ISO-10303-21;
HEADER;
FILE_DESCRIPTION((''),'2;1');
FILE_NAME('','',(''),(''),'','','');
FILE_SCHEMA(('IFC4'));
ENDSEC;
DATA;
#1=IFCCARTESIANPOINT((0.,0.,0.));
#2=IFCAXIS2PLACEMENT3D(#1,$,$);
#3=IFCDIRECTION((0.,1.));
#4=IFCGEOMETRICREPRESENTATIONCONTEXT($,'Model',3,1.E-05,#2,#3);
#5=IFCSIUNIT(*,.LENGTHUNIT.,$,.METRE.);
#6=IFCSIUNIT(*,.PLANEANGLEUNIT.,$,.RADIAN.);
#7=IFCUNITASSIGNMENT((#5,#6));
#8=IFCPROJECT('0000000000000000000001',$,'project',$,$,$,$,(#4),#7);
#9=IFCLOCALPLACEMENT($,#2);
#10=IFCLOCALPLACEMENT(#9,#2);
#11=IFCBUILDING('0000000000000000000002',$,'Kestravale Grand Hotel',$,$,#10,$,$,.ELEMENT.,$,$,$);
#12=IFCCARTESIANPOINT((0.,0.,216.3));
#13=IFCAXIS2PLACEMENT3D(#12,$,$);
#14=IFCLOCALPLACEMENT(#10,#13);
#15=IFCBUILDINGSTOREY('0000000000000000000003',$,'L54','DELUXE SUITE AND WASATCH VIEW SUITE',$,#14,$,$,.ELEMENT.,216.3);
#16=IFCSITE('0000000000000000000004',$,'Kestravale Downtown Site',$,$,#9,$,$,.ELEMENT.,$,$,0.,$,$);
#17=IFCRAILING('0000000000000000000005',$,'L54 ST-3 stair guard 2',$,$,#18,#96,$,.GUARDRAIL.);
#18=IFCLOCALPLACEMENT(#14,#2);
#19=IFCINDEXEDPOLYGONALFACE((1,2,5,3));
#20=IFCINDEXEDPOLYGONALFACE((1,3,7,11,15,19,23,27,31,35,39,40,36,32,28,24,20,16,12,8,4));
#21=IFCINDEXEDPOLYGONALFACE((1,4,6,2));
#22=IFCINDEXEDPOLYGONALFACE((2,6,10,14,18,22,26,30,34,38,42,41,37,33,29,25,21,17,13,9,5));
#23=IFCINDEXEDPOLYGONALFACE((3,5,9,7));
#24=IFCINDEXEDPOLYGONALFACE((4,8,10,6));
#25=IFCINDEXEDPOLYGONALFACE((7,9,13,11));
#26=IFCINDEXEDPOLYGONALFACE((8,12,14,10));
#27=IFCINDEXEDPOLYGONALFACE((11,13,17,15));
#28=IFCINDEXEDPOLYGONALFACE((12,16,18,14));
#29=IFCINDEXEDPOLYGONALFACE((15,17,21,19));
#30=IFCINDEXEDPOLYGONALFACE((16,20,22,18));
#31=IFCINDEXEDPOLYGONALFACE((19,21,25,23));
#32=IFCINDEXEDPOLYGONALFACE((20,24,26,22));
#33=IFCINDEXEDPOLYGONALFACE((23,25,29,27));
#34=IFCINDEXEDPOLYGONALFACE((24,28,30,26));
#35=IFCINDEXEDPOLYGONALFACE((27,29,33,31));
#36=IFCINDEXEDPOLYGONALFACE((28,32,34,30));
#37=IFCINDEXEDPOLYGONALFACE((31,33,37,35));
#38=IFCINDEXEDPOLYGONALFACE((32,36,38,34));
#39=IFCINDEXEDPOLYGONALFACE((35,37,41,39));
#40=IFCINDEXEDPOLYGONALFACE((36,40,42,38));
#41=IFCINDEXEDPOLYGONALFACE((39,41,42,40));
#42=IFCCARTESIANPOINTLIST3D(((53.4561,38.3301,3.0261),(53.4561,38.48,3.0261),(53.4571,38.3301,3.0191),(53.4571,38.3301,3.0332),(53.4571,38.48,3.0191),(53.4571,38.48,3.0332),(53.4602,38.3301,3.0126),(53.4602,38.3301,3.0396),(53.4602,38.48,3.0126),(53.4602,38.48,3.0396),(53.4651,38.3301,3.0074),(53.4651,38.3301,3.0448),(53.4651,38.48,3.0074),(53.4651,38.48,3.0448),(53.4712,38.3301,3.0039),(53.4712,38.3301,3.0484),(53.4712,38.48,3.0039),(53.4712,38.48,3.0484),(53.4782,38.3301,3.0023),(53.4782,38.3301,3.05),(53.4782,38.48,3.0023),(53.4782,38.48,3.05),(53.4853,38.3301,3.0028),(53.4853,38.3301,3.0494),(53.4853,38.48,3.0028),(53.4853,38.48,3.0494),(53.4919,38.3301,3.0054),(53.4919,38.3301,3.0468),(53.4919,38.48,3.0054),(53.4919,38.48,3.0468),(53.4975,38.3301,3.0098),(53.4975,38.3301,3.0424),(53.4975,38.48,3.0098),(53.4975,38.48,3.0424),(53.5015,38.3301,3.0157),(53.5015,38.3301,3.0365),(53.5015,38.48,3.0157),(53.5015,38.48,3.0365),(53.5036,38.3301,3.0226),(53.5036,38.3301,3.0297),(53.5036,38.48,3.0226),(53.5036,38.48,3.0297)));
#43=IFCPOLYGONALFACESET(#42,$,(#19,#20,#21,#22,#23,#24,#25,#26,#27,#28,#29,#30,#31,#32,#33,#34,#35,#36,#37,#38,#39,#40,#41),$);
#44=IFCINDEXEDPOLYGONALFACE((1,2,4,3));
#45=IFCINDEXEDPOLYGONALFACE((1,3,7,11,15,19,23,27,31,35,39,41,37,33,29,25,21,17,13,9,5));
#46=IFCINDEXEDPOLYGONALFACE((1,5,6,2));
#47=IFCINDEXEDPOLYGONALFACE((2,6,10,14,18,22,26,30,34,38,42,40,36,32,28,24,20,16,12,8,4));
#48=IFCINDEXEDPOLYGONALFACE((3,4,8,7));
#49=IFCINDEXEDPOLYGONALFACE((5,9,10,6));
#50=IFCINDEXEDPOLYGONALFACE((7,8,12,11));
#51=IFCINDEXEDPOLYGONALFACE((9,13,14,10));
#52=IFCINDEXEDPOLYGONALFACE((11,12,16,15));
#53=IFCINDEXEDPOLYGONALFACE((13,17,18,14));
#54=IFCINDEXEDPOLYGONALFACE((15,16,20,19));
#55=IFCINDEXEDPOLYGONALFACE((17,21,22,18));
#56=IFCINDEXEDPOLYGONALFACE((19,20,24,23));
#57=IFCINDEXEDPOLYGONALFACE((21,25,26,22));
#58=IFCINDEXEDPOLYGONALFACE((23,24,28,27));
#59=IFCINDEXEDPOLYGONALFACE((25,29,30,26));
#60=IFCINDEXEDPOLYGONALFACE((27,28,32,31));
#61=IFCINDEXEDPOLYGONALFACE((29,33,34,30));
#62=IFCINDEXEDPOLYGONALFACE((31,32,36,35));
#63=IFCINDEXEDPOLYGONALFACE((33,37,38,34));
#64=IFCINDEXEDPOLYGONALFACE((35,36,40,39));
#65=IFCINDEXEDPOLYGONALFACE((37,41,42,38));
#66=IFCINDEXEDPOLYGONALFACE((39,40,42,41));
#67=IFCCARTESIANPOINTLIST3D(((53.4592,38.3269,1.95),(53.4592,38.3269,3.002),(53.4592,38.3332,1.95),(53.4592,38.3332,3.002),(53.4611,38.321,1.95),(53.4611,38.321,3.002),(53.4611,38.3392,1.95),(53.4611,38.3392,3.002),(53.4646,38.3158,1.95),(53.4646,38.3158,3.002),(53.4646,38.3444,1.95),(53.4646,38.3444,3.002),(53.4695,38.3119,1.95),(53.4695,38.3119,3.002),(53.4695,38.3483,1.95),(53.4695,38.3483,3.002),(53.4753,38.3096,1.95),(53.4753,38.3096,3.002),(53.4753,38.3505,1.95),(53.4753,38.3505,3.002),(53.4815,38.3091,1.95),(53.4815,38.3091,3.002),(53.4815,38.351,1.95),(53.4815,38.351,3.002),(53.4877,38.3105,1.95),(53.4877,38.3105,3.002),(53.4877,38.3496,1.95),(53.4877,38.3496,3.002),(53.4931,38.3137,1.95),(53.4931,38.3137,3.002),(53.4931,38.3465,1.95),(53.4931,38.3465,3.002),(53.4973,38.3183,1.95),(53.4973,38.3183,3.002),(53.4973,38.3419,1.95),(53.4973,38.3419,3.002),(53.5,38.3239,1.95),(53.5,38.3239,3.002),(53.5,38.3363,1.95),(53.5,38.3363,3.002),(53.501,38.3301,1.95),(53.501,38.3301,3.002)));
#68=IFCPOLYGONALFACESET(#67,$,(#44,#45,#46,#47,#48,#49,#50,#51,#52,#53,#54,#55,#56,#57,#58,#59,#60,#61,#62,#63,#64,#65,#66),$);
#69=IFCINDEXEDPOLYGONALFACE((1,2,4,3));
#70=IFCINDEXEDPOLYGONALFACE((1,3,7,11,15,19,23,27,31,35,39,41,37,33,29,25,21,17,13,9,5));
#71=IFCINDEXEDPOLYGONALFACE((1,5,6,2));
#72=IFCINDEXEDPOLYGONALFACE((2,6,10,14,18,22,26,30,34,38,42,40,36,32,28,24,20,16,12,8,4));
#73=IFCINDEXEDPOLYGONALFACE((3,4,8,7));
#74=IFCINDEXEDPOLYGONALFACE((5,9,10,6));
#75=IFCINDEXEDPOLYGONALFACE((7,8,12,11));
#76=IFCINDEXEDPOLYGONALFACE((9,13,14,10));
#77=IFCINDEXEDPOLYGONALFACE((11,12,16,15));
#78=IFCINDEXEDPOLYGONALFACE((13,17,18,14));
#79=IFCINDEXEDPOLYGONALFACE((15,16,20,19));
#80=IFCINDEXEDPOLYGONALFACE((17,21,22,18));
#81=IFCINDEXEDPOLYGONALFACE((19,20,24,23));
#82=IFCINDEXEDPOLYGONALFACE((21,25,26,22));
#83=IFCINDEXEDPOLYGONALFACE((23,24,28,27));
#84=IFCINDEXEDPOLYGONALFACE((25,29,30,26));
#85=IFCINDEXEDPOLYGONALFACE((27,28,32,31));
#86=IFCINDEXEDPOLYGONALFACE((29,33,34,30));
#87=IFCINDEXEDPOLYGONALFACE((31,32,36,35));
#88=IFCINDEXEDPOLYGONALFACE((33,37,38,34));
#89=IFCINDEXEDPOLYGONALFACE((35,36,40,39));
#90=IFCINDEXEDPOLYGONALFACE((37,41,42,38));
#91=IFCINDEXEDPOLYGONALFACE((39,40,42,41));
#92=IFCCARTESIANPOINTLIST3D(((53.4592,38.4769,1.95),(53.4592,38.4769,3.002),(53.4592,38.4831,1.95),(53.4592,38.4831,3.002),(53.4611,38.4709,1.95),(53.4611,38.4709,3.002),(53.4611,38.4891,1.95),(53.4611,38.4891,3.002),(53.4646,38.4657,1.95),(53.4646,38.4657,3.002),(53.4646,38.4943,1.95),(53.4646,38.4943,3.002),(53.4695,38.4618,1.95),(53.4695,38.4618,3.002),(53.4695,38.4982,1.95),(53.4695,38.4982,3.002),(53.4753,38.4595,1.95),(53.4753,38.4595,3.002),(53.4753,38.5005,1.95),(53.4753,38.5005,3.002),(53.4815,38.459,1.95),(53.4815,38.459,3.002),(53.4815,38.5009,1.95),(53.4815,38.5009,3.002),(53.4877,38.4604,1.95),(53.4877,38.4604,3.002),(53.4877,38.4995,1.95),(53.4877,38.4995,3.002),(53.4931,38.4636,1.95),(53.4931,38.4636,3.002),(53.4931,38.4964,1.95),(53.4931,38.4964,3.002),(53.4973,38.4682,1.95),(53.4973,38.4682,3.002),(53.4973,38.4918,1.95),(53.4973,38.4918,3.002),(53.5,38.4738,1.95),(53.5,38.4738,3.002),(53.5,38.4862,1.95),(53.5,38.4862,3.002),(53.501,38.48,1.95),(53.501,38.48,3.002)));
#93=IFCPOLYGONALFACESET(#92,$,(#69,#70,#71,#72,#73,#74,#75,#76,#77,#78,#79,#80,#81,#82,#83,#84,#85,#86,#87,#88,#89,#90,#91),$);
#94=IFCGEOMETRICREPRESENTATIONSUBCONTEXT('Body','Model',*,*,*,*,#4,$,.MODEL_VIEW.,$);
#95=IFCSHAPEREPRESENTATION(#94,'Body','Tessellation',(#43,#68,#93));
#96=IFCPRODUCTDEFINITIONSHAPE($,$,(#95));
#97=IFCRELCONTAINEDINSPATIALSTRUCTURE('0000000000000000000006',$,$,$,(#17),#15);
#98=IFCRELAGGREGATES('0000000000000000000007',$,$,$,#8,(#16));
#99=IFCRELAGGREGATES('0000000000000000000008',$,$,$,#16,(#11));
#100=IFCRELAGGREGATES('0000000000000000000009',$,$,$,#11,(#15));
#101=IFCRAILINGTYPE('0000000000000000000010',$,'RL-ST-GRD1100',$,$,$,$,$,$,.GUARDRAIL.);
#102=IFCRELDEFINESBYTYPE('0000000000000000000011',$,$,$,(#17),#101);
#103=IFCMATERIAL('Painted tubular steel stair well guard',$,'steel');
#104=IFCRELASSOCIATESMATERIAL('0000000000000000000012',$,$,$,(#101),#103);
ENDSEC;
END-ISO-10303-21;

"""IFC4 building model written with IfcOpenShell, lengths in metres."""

from ifc_helpers import new_model, si_unit, direction, frame, origin, origin_2d, place, context, subcontext, project, spatial, circle, extrude, material, type_object, element, save


model = new_model("IFC4")

# Units and contexts
model_context = context("Model", 3, precision=1e-05, world=origin(), true_north=direction((0.0, 1.0)))
body_context = subcontext(model_context, "Body", "Model", "MODEL_VIEW")
ifc_project = project(units=[si_unit("LENGTHUNIT", "METRE"), si_unit("PLANEANGLEUNIT", "RADIAN")], contexts=[model_context])

# Site, building, storey
site_placement = place(None, origin())
site = spatial("IfcSite", under=ifc_project, at=site_placement, Name="Kestravale Downtown Site", CompositionType="ELEMENT", RefElevation=0.0)
building_placement = place(site_placement, origin())
building = spatial("IfcBuilding", under=site, at=building_placement, Name="Kestravale Grand Hotel", CompositionType="ELEMENT")
storey_placement = place(building_placement, frame((0.0, 0.0, 216.3)))
storey = spatial("IfcBuildingStorey", under=building, at=storey_placement, Name="L54", Description="DELUXE SUITE AND WASATCH VIEW SUITE", CompositionType="ELEMENT", Elevation=216.3)

# Railing
ifc_material_1 = material(Name="Painted tubular steel stair well guard", Category="steel")
railing_type_1 = type_object("IfcRailingType", Name="RL-ST-GRD1100", PredefinedType="GUARDRAIL", material=ifc_material_1)
railing_1_placement = place(storey_placement, frame((53.48, 38.3301, 1.95)))
element("IfcRailing", 1, at=railing_1_placement, inside=storey, type_object=railing_type_1, Name="L54 ST-3 stair guard 2", PredefinedType="GUARDRAIL", context=body_context, shape_type="SweptSolid", body=[
    extrude(circle(Radius=0.0239, at=origin_2d()), frame((0.0, 0.0, 1.0762), z_axis=(0.0, 1.0, 0.0), x_axis=(-1.0, 0.0, 0.0)), (0.0, 0.0, 1.0), 0.1499),
    extrude(circle(Radius=0.021, at=origin_2d()), origin(), (0.0, 0.0, 1.0), 1.052),
    extrude(circle(Radius=0.021, at=origin_2d()), frame((0.0, 0.1499, 0.0)), (0.0, 0.0, 1.0), 1.052),
])

save(model, "model.ifc")
